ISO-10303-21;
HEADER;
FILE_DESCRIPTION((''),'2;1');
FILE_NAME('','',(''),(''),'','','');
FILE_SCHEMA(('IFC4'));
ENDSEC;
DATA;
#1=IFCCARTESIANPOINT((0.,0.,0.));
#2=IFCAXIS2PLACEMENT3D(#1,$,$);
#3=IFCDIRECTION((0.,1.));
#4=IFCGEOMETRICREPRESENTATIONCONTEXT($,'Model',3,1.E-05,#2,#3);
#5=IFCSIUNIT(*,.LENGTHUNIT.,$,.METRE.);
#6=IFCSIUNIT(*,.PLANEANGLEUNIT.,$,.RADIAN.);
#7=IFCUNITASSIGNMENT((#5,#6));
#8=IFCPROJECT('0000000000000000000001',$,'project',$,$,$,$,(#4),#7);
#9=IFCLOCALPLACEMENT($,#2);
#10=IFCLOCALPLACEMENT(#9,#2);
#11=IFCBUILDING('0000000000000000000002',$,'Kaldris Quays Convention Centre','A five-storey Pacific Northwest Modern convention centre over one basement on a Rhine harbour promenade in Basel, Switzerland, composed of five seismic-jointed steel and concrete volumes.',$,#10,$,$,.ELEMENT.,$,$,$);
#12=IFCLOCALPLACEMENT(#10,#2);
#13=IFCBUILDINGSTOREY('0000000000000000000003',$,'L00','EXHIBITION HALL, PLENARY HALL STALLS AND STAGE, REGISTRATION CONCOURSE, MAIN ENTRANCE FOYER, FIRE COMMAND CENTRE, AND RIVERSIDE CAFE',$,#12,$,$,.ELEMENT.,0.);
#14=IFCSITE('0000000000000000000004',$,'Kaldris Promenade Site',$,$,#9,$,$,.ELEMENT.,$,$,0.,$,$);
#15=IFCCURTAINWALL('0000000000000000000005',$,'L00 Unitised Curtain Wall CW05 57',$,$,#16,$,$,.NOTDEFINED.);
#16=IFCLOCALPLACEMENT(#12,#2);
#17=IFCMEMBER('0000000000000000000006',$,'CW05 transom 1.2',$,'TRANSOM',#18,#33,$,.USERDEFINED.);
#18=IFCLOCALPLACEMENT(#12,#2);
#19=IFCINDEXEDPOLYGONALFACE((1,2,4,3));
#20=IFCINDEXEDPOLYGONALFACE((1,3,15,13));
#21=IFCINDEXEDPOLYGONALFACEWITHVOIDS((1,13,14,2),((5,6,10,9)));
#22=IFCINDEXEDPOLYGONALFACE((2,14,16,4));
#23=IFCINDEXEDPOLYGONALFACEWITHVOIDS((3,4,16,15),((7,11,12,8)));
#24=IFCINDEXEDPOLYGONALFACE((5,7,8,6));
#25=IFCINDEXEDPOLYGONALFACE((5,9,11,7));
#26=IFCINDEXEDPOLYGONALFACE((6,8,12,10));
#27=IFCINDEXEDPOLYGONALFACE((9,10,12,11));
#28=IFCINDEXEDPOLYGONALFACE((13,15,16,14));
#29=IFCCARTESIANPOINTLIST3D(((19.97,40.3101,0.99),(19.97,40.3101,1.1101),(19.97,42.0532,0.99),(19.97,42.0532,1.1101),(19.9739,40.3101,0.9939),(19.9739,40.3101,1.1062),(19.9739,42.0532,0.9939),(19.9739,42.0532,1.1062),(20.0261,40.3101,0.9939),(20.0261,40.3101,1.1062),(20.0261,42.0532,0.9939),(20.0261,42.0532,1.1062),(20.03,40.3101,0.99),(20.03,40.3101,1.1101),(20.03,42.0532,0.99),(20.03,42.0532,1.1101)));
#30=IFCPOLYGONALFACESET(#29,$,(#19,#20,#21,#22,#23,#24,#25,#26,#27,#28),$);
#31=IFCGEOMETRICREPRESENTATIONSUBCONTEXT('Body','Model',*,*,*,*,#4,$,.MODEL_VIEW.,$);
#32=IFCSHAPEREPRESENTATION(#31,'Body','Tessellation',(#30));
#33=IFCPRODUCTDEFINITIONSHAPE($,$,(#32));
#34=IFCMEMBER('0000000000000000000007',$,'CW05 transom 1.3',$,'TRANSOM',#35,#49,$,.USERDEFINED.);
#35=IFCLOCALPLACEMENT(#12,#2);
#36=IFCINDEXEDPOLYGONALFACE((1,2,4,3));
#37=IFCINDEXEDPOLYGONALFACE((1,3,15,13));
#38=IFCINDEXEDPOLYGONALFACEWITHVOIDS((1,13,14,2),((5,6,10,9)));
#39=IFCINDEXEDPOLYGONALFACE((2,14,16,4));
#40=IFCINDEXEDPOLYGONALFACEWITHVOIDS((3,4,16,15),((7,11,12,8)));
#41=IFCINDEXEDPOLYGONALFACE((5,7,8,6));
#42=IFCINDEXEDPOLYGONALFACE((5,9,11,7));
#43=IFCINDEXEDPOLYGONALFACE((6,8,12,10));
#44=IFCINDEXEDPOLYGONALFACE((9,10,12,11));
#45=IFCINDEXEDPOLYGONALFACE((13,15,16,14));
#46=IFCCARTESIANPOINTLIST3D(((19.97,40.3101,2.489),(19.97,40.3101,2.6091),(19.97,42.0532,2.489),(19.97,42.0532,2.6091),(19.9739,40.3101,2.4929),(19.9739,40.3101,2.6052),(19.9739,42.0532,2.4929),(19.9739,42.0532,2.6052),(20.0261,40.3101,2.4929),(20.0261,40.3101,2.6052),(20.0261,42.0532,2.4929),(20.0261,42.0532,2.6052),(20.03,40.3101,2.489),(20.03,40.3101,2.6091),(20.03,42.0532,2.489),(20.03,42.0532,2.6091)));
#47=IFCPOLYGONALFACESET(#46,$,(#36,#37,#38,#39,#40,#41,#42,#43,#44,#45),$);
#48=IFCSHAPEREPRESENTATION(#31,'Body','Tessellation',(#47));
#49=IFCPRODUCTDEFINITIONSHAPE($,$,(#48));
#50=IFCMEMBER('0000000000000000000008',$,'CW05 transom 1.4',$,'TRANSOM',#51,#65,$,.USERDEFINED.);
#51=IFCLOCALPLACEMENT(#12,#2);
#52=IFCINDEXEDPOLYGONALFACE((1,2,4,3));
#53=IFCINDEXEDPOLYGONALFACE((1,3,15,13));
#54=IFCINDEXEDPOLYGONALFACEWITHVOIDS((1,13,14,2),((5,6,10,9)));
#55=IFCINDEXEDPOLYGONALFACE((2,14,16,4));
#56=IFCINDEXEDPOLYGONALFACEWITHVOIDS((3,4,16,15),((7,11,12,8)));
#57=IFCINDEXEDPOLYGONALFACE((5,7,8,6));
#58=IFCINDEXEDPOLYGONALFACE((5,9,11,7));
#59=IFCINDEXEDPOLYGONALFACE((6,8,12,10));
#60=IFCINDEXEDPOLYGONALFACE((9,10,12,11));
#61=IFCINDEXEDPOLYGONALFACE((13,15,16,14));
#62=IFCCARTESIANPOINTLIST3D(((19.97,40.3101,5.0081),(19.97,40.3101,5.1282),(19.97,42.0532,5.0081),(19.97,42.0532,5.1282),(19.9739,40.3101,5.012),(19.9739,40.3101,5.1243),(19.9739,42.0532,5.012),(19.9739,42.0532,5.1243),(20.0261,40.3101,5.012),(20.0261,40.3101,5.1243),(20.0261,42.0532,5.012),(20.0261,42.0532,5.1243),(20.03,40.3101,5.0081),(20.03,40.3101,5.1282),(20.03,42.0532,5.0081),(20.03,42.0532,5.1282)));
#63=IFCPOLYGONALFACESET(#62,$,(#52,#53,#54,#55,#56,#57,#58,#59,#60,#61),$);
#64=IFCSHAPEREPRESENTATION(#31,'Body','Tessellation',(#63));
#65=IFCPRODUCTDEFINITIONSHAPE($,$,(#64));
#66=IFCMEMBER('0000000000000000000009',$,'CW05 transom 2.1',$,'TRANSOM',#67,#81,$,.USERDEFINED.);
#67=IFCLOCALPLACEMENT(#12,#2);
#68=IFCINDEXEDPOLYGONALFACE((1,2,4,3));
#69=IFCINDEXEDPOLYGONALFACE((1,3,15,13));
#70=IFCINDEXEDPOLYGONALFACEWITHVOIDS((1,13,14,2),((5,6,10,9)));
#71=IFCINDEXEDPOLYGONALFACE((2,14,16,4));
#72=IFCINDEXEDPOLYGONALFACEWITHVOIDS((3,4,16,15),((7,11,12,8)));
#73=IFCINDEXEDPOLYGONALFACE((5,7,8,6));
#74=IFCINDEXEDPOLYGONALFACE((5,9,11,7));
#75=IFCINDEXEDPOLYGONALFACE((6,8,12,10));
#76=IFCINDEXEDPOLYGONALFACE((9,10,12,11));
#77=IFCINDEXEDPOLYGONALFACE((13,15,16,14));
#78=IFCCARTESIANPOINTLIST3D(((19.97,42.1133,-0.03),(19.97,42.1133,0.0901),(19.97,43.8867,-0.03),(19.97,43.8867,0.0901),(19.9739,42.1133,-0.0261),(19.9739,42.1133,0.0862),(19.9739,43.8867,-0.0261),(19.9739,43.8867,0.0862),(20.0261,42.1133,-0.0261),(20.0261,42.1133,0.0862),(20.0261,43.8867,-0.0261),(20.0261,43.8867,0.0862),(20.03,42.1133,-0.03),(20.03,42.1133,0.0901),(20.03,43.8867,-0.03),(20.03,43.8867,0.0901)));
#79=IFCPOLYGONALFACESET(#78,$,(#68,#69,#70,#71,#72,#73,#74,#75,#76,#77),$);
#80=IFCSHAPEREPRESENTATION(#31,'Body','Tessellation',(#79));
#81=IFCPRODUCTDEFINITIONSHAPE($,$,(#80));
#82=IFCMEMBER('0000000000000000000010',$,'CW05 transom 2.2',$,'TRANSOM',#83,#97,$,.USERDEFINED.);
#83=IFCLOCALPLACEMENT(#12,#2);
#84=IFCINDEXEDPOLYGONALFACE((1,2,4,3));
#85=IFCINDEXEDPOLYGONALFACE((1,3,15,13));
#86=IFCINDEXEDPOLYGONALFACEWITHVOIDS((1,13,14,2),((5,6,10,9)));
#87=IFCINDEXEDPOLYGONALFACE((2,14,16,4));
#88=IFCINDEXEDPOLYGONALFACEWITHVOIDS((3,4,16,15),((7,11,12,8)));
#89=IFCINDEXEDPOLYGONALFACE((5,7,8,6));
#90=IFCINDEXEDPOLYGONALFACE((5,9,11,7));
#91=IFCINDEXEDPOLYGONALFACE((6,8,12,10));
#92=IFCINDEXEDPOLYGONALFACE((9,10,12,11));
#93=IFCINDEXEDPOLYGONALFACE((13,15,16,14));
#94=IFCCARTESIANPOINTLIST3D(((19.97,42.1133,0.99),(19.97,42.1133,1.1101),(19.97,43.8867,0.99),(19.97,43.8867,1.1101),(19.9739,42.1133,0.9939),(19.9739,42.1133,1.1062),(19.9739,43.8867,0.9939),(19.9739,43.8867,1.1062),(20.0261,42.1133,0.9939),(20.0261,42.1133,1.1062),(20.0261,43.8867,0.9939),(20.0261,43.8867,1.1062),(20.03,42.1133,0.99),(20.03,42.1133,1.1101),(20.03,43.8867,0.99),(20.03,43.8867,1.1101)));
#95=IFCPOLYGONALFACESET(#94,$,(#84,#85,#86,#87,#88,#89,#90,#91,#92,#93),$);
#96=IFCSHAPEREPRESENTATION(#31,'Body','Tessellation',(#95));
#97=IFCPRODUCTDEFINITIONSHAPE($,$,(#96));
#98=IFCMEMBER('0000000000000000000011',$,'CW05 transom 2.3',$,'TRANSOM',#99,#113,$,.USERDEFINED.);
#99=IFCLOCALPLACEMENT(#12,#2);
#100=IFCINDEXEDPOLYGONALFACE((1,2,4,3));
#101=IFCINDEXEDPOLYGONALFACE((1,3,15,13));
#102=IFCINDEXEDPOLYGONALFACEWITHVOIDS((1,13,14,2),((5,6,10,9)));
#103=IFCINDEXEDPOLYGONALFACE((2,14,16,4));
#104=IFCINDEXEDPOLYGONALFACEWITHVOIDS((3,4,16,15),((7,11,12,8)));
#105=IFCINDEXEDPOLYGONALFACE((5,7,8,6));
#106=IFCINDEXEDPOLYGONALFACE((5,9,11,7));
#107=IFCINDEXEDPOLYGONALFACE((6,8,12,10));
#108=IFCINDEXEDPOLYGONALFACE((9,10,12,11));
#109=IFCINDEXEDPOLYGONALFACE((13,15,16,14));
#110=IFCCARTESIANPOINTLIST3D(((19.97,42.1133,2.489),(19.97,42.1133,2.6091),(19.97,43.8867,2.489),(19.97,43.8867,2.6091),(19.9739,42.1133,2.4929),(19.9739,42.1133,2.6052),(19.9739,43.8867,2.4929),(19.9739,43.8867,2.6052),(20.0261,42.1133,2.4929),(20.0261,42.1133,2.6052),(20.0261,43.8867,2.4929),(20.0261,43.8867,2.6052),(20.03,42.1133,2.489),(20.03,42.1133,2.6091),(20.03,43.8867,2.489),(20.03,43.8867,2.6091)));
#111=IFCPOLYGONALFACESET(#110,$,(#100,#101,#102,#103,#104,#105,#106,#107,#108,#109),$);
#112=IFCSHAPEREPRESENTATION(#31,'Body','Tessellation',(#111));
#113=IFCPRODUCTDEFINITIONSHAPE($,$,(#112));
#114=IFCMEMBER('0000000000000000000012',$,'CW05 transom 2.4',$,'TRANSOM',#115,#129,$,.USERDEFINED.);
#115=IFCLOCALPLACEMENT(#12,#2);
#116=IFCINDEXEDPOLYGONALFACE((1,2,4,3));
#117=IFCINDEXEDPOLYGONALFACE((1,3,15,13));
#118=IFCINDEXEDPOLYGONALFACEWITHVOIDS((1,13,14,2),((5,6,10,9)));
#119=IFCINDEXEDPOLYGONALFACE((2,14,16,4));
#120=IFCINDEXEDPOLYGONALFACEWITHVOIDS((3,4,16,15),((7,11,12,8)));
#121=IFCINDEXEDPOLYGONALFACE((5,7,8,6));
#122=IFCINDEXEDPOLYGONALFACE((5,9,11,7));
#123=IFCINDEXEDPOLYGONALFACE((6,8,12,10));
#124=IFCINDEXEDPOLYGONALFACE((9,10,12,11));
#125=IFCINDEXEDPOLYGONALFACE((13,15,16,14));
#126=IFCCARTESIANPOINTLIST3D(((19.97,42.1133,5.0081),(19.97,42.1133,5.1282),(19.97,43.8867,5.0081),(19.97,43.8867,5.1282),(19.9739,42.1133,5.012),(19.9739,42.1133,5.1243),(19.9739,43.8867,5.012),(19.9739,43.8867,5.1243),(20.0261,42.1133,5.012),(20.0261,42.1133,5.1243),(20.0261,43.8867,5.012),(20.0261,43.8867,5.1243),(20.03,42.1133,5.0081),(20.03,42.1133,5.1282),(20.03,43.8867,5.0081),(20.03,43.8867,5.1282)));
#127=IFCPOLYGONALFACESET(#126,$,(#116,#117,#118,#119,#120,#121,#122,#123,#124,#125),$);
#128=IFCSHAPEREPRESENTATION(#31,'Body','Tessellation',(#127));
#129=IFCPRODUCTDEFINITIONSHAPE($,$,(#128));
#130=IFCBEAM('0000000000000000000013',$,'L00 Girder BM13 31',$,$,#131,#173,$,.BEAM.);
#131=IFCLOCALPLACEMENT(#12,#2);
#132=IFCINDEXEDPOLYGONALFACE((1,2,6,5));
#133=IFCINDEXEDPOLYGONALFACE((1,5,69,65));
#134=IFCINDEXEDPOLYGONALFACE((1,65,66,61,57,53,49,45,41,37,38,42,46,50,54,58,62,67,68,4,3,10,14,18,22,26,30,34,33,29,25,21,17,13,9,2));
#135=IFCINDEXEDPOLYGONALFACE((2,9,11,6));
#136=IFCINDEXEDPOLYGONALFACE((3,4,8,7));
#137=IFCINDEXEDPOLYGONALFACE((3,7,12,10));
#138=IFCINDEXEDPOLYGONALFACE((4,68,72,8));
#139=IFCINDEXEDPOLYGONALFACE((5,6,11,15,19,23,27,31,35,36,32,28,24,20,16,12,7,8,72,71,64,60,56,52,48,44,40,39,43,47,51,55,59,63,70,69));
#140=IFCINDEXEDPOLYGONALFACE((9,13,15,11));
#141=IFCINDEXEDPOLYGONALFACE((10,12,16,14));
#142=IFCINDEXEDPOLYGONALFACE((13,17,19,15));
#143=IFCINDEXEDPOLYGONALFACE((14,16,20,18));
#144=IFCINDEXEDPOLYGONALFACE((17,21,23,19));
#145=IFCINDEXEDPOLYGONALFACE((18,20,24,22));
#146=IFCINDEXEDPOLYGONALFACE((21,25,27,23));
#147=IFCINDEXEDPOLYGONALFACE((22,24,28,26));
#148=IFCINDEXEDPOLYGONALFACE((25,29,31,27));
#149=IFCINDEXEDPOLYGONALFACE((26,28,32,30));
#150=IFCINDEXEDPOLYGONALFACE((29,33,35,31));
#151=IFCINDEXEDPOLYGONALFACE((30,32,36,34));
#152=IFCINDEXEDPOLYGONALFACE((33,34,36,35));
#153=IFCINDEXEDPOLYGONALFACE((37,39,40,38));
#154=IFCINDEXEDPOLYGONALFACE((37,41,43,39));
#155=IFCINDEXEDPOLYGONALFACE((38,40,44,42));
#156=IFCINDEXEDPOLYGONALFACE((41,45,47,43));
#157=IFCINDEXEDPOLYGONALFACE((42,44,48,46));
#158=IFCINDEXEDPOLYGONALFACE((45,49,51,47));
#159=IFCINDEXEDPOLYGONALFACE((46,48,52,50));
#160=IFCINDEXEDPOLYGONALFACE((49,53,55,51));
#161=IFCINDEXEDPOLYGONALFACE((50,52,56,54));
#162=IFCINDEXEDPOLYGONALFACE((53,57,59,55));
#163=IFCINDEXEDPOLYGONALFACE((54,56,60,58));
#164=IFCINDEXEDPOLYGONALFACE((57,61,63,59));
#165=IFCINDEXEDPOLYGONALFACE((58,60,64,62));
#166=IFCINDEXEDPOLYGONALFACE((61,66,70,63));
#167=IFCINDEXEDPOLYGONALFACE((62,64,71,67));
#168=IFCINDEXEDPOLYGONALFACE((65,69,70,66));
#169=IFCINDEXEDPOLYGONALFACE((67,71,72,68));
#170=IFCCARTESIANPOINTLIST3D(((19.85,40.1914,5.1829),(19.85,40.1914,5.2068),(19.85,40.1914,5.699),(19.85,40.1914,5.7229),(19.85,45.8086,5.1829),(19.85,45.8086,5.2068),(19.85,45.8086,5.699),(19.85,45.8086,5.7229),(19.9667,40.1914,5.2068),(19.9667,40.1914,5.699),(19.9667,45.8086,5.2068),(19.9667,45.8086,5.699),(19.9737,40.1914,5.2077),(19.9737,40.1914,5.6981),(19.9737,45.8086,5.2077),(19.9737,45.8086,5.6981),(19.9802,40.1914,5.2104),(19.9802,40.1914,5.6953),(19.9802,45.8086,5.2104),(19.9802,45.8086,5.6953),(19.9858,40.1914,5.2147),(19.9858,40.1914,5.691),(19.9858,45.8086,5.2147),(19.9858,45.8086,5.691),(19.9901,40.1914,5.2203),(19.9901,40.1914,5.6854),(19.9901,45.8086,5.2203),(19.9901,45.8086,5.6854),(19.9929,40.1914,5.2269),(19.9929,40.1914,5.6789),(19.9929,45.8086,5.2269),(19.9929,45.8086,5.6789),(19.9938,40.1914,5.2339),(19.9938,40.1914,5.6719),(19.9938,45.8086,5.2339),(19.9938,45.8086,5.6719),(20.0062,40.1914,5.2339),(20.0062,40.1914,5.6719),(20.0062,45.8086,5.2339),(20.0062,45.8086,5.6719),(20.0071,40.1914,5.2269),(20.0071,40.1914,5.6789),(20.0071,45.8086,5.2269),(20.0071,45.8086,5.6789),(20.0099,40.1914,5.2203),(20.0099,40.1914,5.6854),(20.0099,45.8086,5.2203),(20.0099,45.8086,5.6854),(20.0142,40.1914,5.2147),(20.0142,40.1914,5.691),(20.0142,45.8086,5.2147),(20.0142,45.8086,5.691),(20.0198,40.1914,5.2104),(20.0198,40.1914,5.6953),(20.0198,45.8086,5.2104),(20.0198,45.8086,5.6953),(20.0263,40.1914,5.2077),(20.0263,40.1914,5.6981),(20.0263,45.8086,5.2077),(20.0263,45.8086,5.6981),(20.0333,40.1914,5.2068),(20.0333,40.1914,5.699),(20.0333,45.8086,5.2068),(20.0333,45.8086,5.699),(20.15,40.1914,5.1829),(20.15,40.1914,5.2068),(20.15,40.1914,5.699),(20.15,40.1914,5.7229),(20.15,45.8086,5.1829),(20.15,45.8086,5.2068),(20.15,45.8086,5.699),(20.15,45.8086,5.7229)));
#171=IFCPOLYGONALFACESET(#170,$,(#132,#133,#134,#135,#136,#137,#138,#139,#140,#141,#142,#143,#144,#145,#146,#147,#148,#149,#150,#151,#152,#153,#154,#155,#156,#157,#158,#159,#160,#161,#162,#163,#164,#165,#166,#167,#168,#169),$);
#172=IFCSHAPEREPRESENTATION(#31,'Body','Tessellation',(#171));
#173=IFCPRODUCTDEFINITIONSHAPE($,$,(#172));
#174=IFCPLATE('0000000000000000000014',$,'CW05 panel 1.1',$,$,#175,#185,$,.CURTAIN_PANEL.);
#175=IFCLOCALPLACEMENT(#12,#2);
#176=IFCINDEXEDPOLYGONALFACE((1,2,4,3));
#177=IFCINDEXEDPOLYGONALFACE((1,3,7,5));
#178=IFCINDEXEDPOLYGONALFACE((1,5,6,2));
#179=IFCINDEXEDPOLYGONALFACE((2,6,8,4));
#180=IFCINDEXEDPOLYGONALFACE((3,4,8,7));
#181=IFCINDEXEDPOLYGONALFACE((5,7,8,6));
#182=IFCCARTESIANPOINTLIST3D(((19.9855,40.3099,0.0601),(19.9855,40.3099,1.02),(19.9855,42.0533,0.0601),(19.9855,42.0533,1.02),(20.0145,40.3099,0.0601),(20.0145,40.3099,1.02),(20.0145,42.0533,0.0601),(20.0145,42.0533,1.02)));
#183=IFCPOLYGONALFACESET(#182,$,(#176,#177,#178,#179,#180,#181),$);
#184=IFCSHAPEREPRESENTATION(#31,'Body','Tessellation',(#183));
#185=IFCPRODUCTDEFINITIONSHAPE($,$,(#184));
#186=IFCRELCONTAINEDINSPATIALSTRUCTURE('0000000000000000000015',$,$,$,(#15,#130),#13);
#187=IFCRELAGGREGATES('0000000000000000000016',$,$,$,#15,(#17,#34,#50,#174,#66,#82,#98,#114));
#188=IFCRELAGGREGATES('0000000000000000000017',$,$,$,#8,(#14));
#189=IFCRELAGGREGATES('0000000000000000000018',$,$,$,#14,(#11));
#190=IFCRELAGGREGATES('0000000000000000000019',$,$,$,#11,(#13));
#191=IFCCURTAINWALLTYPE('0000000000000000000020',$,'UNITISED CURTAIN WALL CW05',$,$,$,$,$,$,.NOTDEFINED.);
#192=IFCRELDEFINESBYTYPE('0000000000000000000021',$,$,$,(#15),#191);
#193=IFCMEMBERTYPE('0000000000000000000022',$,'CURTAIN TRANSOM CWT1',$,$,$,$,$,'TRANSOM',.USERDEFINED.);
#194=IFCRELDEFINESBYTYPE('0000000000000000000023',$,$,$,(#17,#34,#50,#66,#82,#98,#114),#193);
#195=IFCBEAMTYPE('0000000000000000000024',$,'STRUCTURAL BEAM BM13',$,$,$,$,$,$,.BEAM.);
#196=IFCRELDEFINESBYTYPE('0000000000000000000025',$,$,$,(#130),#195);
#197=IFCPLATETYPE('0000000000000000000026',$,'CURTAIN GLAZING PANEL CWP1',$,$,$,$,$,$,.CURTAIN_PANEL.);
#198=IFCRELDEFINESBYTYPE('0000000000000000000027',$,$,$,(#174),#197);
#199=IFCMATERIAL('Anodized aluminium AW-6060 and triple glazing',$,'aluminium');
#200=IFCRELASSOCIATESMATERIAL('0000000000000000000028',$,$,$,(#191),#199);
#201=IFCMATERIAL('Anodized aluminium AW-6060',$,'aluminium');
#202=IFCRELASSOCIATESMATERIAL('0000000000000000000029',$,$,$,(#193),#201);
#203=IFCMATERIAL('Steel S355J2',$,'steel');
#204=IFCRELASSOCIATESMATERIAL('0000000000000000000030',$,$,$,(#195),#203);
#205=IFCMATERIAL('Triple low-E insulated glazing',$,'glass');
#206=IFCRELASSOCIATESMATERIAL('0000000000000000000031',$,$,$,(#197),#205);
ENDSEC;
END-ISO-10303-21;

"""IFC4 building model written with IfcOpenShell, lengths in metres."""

from ifc_helpers import new_model, si_unit, direction, frame, origin, origin_2d, place, context, subcontext, project, spatial, rectangle, hollow_rectangle, i_section, extrude, material, material_profile, profile_set, type_object, element, aggregate, save


model = new_model("IFC4")

# Units and contexts
model_context = context("Model", 3, precision=1e-05, world=origin(), true_north=direction((0.0, 1.0)))
body_context = subcontext(model_context, "Body", "Model", "MODEL_VIEW")
ifc_project = project(units=[si_unit("LENGTHUNIT", "METRE"), si_unit("PLANEANGLEUNIT", "RADIAN")], contexts=[model_context])

# Site, building, storey
site_placement = place(None, origin())
site = spatial("IfcSite", under=ifc_project, at=site_placement, Name="Kaldris Promenade Site", CompositionType="ELEMENT", RefElevation=0.0)
building_placement = place(site_placement, origin())
building = spatial("IfcBuilding", under=site, at=building_placement, Name="Kaldris Quays Convention Centre", Description="A five-storey Pacific Northwest Modern convention centre over one basement on a Rhine harbour promenade in Basel, Switzerland, composed of five seismic-jointed steel and concrete volumes.", CompositionType="ELEMENT")
storey_placement = place(building_placement, origin())
storey = spatial("IfcBuildingStorey", under=building, at=storey_placement, Name="L00", Description="EXHIBITION HALL, PLENARY HALL STALLS AND STAGE, REGISTRATION CONCOURSE, MAIN ENTRANCE FOYER, FIRE COMMAND CENTRE, AND RIVERSIDE CAFE", CompositionType="ELEMENT", Elevation=0.0)

# Shared definitions
ifc_material_1 = material(Name="Anodized aluminium AW-6060 and triple glazing", Category="aluminium")
curtain_wall_type = type_object("IfcCurtainWallType", Name="UNITISED CURTAIN WALL CW05", PredefinedType="NOTDEFINED", material=ifc_material_1)
ifc_material_2 = material(Name="Anodized aluminium AW-6060", Category="aluminium")

# Curtain wall
curtain_wall_1_placement = place(storey_placement, origin())
curtain_wall_1 = element("IfcCurtainWall", 1, at=curtain_wall_1_placement, inside=storey, type_object=curtain_wall_type, Name="L00 Unitised Curtain Wall CW05 57", PredefinedType="NOTDEFINED")

# Members
ifc_material_profile_1 = material_profile(ifc_material_2, hollow_rectangle(XDim=0.0601, YDim=0.1201, WallThickness=0.0039, at=origin_2d()), Name="RHS 120x60x4")
ifc_profile_set_1 = profile_set([ifc_material_profile_1], Name="Anodized aluminium AW-6060")
member_type_1 = type_object("IfcMemberType", Name="CURTAIN TRANSOM CWT1", ElementType="TRANSOM", PredefinedType="USERDEFINED", material=ifc_profile_set_1)
member_1_placement = place(storey_placement, frame((20.0, 40.3101, 1.05), z_axis=(0.0, 1.0, 0.0), x_axis=(-1.0, 0.0, 0.0)))
member_1 = element("IfcMember", 2, at=member_1_placement, type_object=member_type_1, Name="CW05 transom 1.2", ObjectType="TRANSOM", PredefinedType="USERDEFINED", context=body_context, shape_type="SweptSolid", body=[
    extrude(hollow_rectangle(XDim=0.0601, YDim=0.1201, WallThickness=0.0039, at=origin_2d()), origin(), (0.0, 0.0, 1.0), 1.7432),
])
member_2_placement = place(storey_placement, frame((20.0, 40.3101, 2.5491), z_axis=(0.0, 1.0, 0.0), x_axis=(-1.0, 0.0, 0.0)))
member_2 = element("IfcMember", 3, at=member_2_placement, type_object=member_type_1, Name="CW05 transom 1.3", ObjectType="TRANSOM", PredefinedType="USERDEFINED", context=body_context, shape_type="SweptSolid", body=[
    extrude(hollow_rectangle(XDim=0.0601, YDim=0.1201, WallThickness=0.0039, at=origin_2d()), origin(), (0.0, 0.0, 1.0), 1.7432),
])
member_3_placement = place(storey_placement, frame((20.0, 40.3101, 5.0681), z_axis=(0.0, 1.0, 0.0), x_axis=(-1.0, 0.0, 0.0)))
member_3 = element("IfcMember", 4, at=member_3_placement, type_object=member_type_1, Name="CW05 transom 1.4", ObjectType="TRANSOM", PredefinedType="USERDEFINED", context=body_context, shape_type="SweptSolid", body=[
    extrude(hollow_rectangle(XDim=0.0601, YDim=0.1201, WallThickness=0.0039, at=origin_2d()), origin(), (0.0, 0.0, 1.0), 1.7432),
])
member_4_placement = place(storey_placement, frame((20.0, 42.1133, 0.03), z_axis=(0.0, 1.0, 0.0), x_axis=(-1.0, 0.0, 0.0)))
member_4 = element("IfcMember", 5, at=member_4_placement, type_object=member_type_1, Name="CW05 transom 2.1", ObjectType="TRANSOM", PredefinedType="USERDEFINED", context=body_context, shape_type="SweptSolid", body=[
    extrude(hollow_rectangle(XDim=0.0601, YDim=0.1201, WallThickness=0.0039, at=origin_2d()), origin(), (0.0, 0.0, 1.0), 1.7734),
])
member_5_placement = place(storey_placement, frame((20.0, 42.1133, 1.05), z_axis=(0.0, 1.0, 0.0), x_axis=(-1.0, 0.0, 0.0)))
member_5 = element("IfcMember", 6, at=member_5_placement, type_object=member_type_1, Name="CW05 transom 2.2", ObjectType="TRANSOM", PredefinedType="USERDEFINED", context=body_context, shape_type="SweptSolid", body=[
    extrude(hollow_rectangle(XDim=0.0601, YDim=0.1201, WallThickness=0.0039, at=origin_2d()), origin(), (0.0, 0.0, 1.0), 1.7734),
])
member_6_placement = place(storey_placement, frame((20.0, 42.1133, 2.5491), z_axis=(0.0, 1.0, 0.0), x_axis=(-1.0, 0.0, 0.0)))
member_6 = element("IfcMember", 7, at=member_6_placement, type_object=member_type_1, Name="CW05 transom 2.3", ObjectType="TRANSOM", PredefinedType="USERDEFINED", context=body_context, shape_type="SweptSolid", body=[
    extrude(hollow_rectangle(XDim=0.0601, YDim=0.1201, WallThickness=0.0039, at=origin_2d()), origin(), (0.0, 0.0, 1.0), 1.7734),
])
member_7_placement = place(storey_placement, frame((20.0, 42.1133, 5.0681), z_axis=(0.0, 1.0, 0.0), x_axis=(-1.0, 0.0, 0.0)))
member_7 = element("IfcMember", 8, at=member_7_placement, type_object=member_type_1, Name="CW05 transom 2.4", ObjectType="TRANSOM", PredefinedType="USERDEFINED", context=body_context, shape_type="SweptSolid", body=[
    extrude(hollow_rectangle(XDim=0.0601, YDim=0.1201, WallThickness=0.0039, at=origin_2d()), origin(), (0.0, 0.0, 1.0), 1.7734),
])

# Beam
ifc_material_3 = material(Name="Steel S355J2", Category="steel")
ifc_material_profile_2 = material_profile(ifc_material_3, i_section(OverallWidth=0.3, OverallDepth=0.54, WebThickness=0.0125, FlangeThickness=0.0239, FilletRadius=0.0271, at=origin_2d()), Name="HEA 550")
ifc_profile_set_2 = profile_set([ifc_material_profile_2], Name="Steel S355J2")
beam_type = type_object("IfcBeamType", Name="STRUCTURAL BEAM BM13", PredefinedType="BEAM", material=ifc_profile_set_2)
beam_placement = place(storey_placement, frame((20.0, 40.1914, 5.4529), z_axis=(0.0, 1.0, 0.0), x_axis=(-1.0, 0.0, 0.0)))
element("IfcBeam", 9, at=beam_placement, inside=storey, type_object=beam_type, Name="L00 Girder BM13 31", PredefinedType="BEAM", context=body_context, shape_type="SweptSolid", body=[
    extrude(i_section(OverallWidth=0.3, OverallDepth=0.54, WebThickness=0.0125, FlangeThickness=0.0239, FilletRadius=0.0271, at=origin_2d()), origin(), (0.0, 0.0, 1.0), 5.6172),
])

# Plate
ifc_material_4 = material(Name="Triple low-E insulated glazing", Category="glass")
plate_type_1 = type_object("IfcPlateType", Name="CURTAIN GLAZING PANEL CWP1", PredefinedType="CURTAIN_PANEL", material=ifc_material_4)
plate_1_placement = place(storey_placement, frame((20.0, 41.1816, 0.0601), z_axis=(0.0, 0.0, 1.0), x_axis=(0.0, 1.0, 0.0)))
plate_1 = element("IfcPlate", 10, at=plate_1_placement, type_object=plate_type_1, Name="CW05 panel 1.1", PredefinedType="CURTAIN_PANEL", context=body_context, shape_type="SweptSolid", body=[
    extrude(rectangle(XDim=1.7434, YDim=0.0291, at=origin_2d()), origin(), (0.0, 0.0, 1.0), 0.96),
])
aggregate(curtain_wall_1, [member_1, member_2, member_3, plate_1, member_4, member_5, member_6, member_7])

save(model, "model.ifc")
